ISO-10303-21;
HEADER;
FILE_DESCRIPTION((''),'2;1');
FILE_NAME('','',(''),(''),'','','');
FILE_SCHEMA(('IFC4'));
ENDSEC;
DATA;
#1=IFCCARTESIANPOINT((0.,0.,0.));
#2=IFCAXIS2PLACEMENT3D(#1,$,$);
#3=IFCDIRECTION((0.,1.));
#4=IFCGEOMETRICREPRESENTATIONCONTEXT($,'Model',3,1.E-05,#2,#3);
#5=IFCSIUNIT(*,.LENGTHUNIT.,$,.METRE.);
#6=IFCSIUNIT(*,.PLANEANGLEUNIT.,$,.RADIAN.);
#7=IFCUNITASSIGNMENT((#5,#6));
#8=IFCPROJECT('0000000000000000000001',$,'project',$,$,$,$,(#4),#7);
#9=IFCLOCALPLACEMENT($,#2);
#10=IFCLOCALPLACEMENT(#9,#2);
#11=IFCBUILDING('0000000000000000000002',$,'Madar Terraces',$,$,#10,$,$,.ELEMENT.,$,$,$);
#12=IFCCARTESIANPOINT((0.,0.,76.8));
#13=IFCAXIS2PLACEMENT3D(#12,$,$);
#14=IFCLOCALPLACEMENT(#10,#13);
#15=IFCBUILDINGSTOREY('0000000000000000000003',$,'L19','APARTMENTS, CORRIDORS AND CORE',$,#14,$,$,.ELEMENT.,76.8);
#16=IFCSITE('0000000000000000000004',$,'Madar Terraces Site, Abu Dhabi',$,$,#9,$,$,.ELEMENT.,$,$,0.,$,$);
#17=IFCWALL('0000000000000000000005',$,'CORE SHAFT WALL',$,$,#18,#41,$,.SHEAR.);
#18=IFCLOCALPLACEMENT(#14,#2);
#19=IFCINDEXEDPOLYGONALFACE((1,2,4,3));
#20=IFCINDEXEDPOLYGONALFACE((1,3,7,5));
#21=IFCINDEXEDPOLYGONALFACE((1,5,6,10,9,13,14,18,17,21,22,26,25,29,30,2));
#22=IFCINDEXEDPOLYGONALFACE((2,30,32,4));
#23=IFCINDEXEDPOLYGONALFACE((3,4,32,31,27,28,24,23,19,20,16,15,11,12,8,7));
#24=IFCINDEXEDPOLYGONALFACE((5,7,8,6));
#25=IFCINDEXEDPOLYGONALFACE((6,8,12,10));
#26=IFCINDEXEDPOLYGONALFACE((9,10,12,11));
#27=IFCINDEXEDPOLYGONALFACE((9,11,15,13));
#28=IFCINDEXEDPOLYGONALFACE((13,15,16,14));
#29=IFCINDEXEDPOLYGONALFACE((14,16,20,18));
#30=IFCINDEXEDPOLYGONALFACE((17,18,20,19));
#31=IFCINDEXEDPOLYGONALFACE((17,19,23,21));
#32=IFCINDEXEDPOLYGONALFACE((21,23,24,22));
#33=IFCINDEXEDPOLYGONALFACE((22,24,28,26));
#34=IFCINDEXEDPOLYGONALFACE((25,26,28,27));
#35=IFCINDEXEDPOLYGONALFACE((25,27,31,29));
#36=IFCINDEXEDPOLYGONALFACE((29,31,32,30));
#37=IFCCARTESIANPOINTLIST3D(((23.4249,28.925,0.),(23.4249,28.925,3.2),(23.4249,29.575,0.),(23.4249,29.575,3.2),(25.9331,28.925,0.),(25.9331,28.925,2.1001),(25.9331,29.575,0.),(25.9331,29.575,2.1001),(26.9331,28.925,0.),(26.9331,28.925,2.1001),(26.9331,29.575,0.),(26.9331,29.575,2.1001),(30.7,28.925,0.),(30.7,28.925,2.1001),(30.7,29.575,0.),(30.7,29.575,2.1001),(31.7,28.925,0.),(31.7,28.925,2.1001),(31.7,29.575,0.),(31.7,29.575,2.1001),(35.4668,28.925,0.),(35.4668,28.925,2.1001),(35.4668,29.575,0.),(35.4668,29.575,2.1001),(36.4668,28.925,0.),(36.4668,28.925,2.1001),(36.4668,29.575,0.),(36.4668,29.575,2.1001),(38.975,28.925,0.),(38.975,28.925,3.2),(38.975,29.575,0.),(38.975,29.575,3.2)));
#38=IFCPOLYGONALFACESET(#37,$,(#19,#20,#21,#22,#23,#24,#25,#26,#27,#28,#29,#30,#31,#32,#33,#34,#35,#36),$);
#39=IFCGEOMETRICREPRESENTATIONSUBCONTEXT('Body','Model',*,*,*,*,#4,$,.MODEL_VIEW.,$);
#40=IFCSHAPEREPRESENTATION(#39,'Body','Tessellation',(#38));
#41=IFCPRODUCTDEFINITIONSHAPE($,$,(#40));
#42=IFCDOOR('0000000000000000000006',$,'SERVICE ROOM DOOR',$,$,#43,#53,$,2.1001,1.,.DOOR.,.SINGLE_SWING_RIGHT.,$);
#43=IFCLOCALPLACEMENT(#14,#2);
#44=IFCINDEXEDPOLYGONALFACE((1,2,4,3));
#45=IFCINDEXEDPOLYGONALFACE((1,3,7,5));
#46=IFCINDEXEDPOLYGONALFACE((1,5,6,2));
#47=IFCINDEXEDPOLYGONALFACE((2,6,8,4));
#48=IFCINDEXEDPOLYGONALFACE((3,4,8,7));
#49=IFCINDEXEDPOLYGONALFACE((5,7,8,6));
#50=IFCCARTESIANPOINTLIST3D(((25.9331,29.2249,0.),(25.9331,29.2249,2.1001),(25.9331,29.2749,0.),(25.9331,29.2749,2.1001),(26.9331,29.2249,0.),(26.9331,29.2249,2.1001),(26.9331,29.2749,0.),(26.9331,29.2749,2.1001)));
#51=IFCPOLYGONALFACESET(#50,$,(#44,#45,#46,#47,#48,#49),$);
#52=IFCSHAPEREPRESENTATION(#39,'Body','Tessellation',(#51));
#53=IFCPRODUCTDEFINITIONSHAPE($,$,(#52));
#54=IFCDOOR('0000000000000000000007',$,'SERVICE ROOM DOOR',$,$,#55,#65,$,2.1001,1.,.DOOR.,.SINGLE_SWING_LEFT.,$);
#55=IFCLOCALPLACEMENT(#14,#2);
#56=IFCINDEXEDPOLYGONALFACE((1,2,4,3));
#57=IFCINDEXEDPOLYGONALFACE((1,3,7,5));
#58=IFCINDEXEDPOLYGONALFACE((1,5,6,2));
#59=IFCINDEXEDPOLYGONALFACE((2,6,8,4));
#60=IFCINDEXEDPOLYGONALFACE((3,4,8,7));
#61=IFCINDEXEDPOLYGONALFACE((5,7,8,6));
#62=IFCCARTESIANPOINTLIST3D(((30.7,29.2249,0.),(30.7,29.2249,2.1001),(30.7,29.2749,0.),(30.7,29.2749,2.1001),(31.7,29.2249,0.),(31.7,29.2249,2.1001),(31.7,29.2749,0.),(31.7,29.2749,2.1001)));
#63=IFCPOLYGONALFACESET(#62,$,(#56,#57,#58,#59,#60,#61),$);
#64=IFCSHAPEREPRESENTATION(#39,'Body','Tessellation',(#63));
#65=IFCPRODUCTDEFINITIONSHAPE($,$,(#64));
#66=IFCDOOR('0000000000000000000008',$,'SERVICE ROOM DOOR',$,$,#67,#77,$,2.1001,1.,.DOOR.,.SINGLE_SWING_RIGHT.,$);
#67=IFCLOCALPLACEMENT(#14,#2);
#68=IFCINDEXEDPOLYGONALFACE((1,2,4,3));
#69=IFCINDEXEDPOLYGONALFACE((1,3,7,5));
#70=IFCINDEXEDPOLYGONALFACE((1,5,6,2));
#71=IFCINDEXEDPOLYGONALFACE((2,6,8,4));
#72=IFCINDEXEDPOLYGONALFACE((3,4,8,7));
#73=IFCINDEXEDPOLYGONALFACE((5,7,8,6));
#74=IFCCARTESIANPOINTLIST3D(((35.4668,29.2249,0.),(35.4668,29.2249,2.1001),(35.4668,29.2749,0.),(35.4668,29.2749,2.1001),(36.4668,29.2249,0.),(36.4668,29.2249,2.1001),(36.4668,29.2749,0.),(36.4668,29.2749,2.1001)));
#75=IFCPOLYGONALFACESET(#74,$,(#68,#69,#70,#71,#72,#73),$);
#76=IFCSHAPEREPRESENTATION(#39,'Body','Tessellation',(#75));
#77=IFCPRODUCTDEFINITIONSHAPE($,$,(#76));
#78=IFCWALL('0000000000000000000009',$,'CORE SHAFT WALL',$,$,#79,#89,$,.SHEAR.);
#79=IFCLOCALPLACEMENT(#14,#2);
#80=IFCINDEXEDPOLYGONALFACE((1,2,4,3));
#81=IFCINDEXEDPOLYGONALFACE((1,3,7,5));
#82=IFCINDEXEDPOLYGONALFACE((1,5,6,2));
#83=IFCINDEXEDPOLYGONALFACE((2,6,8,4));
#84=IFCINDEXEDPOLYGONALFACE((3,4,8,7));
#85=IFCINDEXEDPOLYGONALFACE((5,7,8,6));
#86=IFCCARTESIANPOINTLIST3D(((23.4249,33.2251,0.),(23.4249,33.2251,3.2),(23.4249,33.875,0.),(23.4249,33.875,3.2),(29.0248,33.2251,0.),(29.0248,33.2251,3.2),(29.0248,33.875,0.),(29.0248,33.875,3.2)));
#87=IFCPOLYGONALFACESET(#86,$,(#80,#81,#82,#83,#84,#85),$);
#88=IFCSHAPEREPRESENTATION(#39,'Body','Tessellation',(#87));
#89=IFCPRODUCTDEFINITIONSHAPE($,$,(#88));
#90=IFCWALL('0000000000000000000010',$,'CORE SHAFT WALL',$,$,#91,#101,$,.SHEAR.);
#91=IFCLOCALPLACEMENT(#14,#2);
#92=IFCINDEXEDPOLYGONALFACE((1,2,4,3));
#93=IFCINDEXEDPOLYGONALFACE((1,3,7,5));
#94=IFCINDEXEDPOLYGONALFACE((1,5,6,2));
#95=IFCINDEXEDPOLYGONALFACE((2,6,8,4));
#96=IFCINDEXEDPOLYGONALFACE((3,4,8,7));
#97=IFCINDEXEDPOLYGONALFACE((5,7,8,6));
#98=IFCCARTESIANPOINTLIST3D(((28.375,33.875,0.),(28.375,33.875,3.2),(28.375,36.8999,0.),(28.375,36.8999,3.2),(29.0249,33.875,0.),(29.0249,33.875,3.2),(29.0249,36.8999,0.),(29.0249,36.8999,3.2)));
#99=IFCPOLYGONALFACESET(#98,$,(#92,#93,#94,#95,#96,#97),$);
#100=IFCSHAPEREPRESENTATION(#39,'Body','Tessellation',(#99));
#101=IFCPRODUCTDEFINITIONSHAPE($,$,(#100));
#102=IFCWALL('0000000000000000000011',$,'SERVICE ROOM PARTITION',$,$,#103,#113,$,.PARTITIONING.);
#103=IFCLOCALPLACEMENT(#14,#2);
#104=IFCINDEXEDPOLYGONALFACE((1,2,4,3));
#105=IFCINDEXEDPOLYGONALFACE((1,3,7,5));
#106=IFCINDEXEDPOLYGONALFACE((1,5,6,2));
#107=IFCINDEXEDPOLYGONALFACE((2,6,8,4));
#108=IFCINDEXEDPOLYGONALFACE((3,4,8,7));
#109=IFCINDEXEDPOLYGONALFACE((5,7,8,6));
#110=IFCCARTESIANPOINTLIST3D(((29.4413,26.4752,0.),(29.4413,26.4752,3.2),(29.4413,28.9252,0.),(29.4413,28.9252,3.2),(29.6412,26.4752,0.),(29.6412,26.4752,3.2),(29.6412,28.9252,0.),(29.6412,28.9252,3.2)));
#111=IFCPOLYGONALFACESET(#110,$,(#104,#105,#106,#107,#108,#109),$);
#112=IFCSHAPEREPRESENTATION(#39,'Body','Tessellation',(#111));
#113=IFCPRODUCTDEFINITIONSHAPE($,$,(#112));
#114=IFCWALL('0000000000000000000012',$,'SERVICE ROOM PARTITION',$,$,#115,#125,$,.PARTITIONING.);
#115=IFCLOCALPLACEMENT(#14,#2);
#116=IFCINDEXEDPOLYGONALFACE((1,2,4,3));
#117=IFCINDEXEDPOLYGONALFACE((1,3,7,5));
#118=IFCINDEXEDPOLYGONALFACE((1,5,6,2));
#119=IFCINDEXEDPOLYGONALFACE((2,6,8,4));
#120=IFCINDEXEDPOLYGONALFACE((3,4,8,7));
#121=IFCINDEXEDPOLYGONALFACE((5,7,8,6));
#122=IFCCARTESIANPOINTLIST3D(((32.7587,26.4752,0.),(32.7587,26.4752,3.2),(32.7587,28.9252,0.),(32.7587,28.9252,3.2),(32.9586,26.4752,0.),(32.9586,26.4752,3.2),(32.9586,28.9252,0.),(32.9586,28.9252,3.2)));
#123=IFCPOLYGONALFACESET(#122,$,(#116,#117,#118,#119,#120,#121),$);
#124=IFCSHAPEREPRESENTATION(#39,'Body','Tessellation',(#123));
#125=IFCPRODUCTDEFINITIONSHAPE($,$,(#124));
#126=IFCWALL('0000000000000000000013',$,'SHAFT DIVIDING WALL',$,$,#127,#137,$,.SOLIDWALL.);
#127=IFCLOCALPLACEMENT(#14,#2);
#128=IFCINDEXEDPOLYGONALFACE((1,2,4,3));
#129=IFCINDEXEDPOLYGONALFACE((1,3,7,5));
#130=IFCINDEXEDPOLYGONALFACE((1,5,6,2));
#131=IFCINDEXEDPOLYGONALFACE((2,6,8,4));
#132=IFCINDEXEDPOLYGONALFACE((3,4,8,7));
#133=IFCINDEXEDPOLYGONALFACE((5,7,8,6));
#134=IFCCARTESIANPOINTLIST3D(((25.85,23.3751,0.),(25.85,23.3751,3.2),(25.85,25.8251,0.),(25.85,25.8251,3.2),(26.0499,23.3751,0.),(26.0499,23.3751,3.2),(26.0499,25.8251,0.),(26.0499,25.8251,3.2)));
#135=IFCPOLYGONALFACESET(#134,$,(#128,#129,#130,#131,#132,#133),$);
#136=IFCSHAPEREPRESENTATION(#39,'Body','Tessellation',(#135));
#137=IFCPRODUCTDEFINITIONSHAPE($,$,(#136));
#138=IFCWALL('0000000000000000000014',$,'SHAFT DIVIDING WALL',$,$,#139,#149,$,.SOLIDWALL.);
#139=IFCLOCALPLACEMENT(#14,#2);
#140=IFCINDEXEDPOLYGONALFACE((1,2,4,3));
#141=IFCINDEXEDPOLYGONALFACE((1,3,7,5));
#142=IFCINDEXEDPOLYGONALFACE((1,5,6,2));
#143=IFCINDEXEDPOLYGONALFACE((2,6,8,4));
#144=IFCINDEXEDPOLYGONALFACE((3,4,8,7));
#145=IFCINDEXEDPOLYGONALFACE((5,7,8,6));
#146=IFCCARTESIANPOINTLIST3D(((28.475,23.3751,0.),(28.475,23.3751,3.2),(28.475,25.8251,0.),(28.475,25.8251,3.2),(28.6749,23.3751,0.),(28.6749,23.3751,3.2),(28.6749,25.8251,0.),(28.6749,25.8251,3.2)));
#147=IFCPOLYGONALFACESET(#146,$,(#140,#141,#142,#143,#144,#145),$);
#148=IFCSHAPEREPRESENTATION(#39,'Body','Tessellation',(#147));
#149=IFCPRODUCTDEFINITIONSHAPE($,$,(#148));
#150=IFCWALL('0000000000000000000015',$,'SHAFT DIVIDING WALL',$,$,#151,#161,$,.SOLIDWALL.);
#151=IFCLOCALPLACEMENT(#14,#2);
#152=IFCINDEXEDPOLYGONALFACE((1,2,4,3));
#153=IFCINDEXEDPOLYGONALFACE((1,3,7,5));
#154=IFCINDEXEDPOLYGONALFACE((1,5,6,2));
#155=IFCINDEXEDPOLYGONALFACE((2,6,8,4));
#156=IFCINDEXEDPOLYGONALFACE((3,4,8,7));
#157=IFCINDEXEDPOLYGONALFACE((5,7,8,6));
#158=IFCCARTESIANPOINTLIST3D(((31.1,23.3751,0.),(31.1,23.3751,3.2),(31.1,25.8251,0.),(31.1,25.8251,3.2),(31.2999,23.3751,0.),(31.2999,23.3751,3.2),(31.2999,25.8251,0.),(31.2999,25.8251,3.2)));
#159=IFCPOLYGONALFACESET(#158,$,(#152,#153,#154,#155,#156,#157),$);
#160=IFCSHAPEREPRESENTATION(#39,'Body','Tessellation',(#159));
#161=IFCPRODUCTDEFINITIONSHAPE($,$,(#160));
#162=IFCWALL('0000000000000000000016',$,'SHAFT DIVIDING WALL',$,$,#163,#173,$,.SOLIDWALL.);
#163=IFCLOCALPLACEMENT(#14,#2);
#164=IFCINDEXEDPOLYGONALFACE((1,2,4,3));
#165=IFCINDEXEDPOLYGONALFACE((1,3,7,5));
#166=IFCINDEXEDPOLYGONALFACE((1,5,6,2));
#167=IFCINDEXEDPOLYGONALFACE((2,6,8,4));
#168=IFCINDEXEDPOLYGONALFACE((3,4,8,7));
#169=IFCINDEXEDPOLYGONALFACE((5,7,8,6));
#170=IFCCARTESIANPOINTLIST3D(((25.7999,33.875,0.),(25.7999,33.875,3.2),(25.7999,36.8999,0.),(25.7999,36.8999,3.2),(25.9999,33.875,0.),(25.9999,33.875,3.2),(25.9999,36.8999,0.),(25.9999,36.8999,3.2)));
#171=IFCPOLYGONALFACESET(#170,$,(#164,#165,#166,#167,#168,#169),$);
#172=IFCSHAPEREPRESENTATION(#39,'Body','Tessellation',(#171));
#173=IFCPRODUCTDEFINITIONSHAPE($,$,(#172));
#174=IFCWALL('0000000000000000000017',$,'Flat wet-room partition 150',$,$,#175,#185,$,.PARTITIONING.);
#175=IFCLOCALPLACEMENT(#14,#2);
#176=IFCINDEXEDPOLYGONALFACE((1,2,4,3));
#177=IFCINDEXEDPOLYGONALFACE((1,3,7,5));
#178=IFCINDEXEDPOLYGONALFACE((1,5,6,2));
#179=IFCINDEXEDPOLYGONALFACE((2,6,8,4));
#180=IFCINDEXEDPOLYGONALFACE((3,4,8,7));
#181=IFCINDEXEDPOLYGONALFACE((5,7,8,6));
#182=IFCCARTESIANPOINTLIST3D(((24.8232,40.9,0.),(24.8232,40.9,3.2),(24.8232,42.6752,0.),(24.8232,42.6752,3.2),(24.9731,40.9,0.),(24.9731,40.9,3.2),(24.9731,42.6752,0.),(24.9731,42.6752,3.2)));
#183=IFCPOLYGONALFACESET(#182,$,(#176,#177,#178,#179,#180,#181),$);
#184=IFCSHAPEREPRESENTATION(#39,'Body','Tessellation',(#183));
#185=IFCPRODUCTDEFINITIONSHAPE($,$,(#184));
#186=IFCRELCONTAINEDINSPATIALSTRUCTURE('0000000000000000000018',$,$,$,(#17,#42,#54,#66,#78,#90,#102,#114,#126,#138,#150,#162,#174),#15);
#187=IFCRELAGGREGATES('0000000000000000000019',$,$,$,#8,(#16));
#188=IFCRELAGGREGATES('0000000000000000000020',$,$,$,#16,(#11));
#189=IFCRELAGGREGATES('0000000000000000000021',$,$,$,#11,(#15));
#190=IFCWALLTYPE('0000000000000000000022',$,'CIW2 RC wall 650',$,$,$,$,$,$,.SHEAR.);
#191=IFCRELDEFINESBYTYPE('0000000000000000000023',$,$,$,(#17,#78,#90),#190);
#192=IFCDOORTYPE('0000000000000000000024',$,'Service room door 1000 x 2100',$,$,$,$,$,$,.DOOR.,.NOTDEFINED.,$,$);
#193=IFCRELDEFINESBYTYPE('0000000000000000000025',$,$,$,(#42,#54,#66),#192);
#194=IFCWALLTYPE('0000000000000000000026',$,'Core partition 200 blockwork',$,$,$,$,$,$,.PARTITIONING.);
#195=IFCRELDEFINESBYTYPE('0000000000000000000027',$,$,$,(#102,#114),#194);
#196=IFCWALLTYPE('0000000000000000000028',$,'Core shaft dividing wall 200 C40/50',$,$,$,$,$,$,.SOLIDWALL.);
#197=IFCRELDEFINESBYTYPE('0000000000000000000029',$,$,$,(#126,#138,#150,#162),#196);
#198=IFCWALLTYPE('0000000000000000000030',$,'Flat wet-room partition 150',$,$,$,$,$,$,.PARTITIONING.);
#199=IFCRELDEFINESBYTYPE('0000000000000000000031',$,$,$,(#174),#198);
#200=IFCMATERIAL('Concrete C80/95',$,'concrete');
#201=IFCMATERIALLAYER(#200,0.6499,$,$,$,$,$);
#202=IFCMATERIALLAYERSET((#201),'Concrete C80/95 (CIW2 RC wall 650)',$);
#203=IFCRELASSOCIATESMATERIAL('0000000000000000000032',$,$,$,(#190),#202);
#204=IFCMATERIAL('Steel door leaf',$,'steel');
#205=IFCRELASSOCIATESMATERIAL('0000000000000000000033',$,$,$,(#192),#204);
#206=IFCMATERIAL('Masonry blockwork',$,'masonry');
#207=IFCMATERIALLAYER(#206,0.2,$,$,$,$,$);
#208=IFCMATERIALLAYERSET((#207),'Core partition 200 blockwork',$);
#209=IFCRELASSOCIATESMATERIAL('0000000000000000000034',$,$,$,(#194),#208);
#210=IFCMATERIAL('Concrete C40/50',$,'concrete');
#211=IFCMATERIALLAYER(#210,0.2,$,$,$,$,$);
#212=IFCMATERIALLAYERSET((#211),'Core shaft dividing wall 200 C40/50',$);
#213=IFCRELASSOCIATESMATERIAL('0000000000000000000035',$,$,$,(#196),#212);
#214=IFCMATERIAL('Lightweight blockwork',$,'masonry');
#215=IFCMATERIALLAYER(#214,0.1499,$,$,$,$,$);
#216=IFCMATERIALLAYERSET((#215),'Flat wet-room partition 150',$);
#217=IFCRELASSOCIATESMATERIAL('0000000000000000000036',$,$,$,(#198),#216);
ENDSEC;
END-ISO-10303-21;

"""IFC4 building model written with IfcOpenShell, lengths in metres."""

from ifc_helpers import new_model, si_unit, direction, frame, frame_2d, origin, place, context, subcontext, project, spatial, rectangle, extrude, material, layer, layer_set, type_object, element, fill, save


model = new_model("IFC4")

# Units and contexts
model_context = context("Model", 3, precision=1e-05, world=origin(), true_north=direction((0.0, 1.0)))
body_context = subcontext(model_context, "Body", "Model", "MODEL_VIEW")
ifc_project = project(units=[si_unit("LENGTHUNIT", "METRE"), si_unit("PLANEANGLEUNIT", "RADIAN")], contexts=[model_context])

# Site, building, storey
site_placement = place(None, origin())
site = spatial("IfcSite", under=ifc_project, at=site_placement, Name="Madar Terraces Site, Abu Dhabi", CompositionType="ELEMENT", RefElevation=0.0)
building_placement = place(site_placement, origin())
building = spatial("IfcBuilding", under=site, at=building_placement, Name="Madar Terraces", CompositionType="ELEMENT")
storey_placement = place(building_placement, frame((0.0, 0.0, 76.8)))
storey = spatial("IfcBuildingStorey", under=building, at=storey_placement, Name="L19", Description="APARTMENTS, CORRIDORS AND CORE", CompositionType="ELEMENT", Elevation=76.8)

# Wall, openings, doors
ifc_material_1 = material(Name="Concrete C80/95", Category="concrete")
ifc_layer_1 = layer(ifc_material_1, 0.6499)
ifc_layer_set_1 = layer_set([ifc_layer_1], Name="Concrete C80/95 (CIW2 RC wall 650)")
wall_type_1 = type_object("IfcWallType", Name="CIW2 RC wall 650", PredefinedType="SHEAR", material=ifc_layer_set_1)
wall_1_placement = place(storey_placement, frame((23.425, 29.25, 0.0), z_axis=(0.0, 0.0, 1.0), x_axis=(1.0, 0.0, 0.0)))
wall_1 = element("IfcWall", 1, at=wall_1_placement, inside=storey, type_object=wall_type_1, Name="CORE SHAFT WALL", PredefinedType="SHEAR", context=body_context, shape_type="SweptSolid", body=[
    extrude(rectangle(XDim=15.55, YDim=0.6499, at=frame_2d((7.7749, 0.0))), origin(), (0.0, 0.0, 1.0), 3.2),
])
opening_1_placement = place(wall_1_placement, frame((2.5081, 0.0, 0.0)))
opening_1 = element("IfcOpeningElement", 2, at=opening_1_placement, cuts=wall_1, PredefinedType="OPENING", context=body_context, shape_type="SweptSolid", body=[
    extrude(rectangle(XDim=1.0, YDim=2.1001, at=frame_2d((0.5, 1.05))), frame((0.0, 0.335, 0.0), z_axis=(0.0, -1.0, 0.0), x_axis=(1.0, 0.0, 0.0)), (0.0, 0.0, 1.0), 0.6699),
])
opening_2_placement = place(wall_1_placement, frame((7.2749, 0.0, 0.0)))
opening_2 = element("IfcOpeningElement", 3, at=opening_2_placement, cuts=wall_1, PredefinedType="OPENING", context=body_context, shape_type="SweptSolid", body=[
    extrude(rectangle(XDim=1.0, YDim=2.1001, at=frame_2d((0.5, 1.05))), frame((0.0, 0.335, 0.0), z_axis=(0.0, -1.0, 0.0), x_axis=(1.0, 0.0, 0.0)), (0.0, 0.0, 1.0), 0.6699),
])
opening_3_placement = place(wall_1_placement, frame((12.0417, 0.0, 0.0)))
opening_3 = element("IfcOpeningElement", 4, at=opening_3_placement, cuts=wall_1, PredefinedType="OPENING", context=body_context, shape_type="SweptSolid", body=[
    extrude(rectangle(XDim=1.0, YDim=2.1001, at=frame_2d((0.5, 1.05))), frame((0.0, 0.335, 0.0), z_axis=(0.0, -1.0, 0.0), x_axis=(1.0, 0.0, 0.0)), (0.0, 0.0, 1.0), 0.6699),
])
ifc_material_2 = material(Name="Steel door leaf", Category="steel")
door_type = type_object("IfcDoorType", Name="Service room door 1000 x 2100", OperationType="NOTDEFINED", PredefinedType="DOOR", material=ifc_material_2)
door_1_placement = place(opening_1_placement, origin())
door_1 = element("IfcDoor", 5, at=door_1_placement, inside=storey, type_object=door_type, Name="SERVICE ROOM DOOR", OperationType="SINGLE_SWING_RIGHT", OverallHeight=2.1001, OverallWidth=1.0, PredefinedType="DOOR", context=body_context, shape_type="SweptSolid", body=[
    extrude(rectangle(XDim=1.0, YDim=2.1001, at=frame_2d((0.5, 1.05))), frame((0.0, 0.0249, 0.0), z_axis=(0.0, -1.0, 0.0), x_axis=(1.0, 0.0, 0.0)), (0.0, 0.0, 1.0), 0.05),
])
fill(opening_1, door_1)
door_2_placement = place(opening_2_placement, origin())
door_2 = element("IfcDoor", 6, at=door_2_placement, inside=storey, type_object=door_type, Name="SERVICE ROOM DOOR", OperationType="SINGLE_SWING_LEFT", OverallHeight=2.1001, OverallWidth=1.0, PredefinedType="DOOR", context=body_context, shape_type="SweptSolid", body=[
    extrude(rectangle(XDim=1.0, YDim=2.1001, at=frame_2d((0.5, 1.05))), frame((0.0, 0.0249, 0.0), z_axis=(0.0, -1.0, 0.0), x_axis=(1.0, 0.0, 0.0)), (0.0, 0.0, 1.0), 0.05),
])
fill(opening_2, door_2)
door_3_placement = place(opening_3_placement, origin())
door_3 = element("IfcDoor", 7, at=door_3_placement, inside=storey, type_object=door_type, Name="SERVICE ROOM DOOR", OperationType="SINGLE_SWING_RIGHT", OverallHeight=2.1001, OverallWidth=1.0, PredefinedType="DOOR", context=body_context, shape_type="SweptSolid", body=[
    extrude(rectangle(XDim=1.0, YDim=2.1001, at=frame_2d((0.5, 1.05))), frame((0.0, 0.0249, 0.0), z_axis=(0.0, -1.0, 0.0), x_axis=(1.0, 0.0, 0.0)), (0.0, 0.0, 1.0), 0.05),
])
fill(opening_3, door_3)

# Walls
wall_2_placement = place(storey_placement, frame((23.425, 33.55, 0.0), z_axis=(0.0, 0.0, 1.0), x_axis=(1.0, 0.0, 0.0)))
element("IfcWall", 8, at=wall_2_placement, inside=storey, type_object=wall_type_1, Name="CORE SHAFT WALL", PredefinedType="SHEAR", context=body_context, shape_type="SweptSolid", body=[
    extrude(rectangle(XDim=5.5999, YDim=0.6499, at=frame_2d((2.7998, 0.0))), origin(), (0.0, 0.0, 1.0), 3.2),
])
wall_3_placement = place(storey_placement, frame((28.7, 33.875, 0.0), z_axis=(0.0, 0.0, 1.0), x_axis=(0.0, 1.0, 0.0)))
element("IfcWall", 9, at=wall_3_placement, inside=storey, type_object=wall_type_1, Name="CORE SHAFT WALL", PredefinedType="SHEAR", context=body_context, shape_type="SweptSolid", body=[
    extrude(rectangle(XDim=3.0249, YDim=0.6499, at=frame_2d((1.5125, 0.0))), origin(), (0.0, 0.0, 1.0), 3.2),
])
ifc_material_3 = material(Name="Masonry blockwork", Category="masonry")
ifc_layer_2 = layer(ifc_material_3, 0.2)
ifc_layer_set_2 = layer_set([ifc_layer_2], Name="Core partition 200 blockwork")
wall_type_2 = type_object("IfcWallType", Name="Core partition 200 blockwork", PredefinedType="PARTITIONING", material=ifc_layer_set_2)
for number, where, z_axis, x_axis, name in (
    (10, (29.5413, 26.4751, 0.0), (0.0, 0.0, 1.0), (0.0, 1.0, 0.0), "SERVICE ROOM PARTITION"),
    (11, (32.8586, 26.4751, 0.0), (0.0, 0.0, 1.0), (0.0, 1.0, 0.0), "SERVICE ROOM PARTITION"),
):
    element("IfcWall", number, at=place(storey_placement, frame(where, z_axis=z_axis, x_axis=x_axis)), inside=storey, type_object=wall_type_2, Name=name, PredefinedType="PARTITIONING", context=body_context, shape_type="SweptSolid", body=[
        extrude(rectangle(XDim=2.45, YDim=0.2, at=frame_2d((1.2251, 0.0))), origin(), (0.0, 0.0, 1.0), 3.2),
    ])
ifc_material_4 = material(Name="Concrete C40/50", Category="concrete")
ifc_layer_3 = layer(ifc_material_4, 0.2)
ifc_layer_set_3 = layer_set([ifc_layer_3], Name="Core shaft dividing wall 200 C40/50")
wall_type_3 = type_object("IfcWallType", Name="Core shaft dividing wall 200 C40/50", PredefinedType="SOLIDWALL", material=ifc_layer_set_3)
for number, where, z_axis, x_axis, name in (
    (12, (25.95, 23.375, 0.0), (0.0, 0.0, 1.0), (0.0, 1.0, 0.0), "SHAFT DIVIDING WALL"),
    (13, (28.575, 23.375, 0.0), (0.0, 0.0, 1.0), (0.0, 1.0, 0.0), "SHAFT DIVIDING WALL"),
    (14, (31.2, 23.375, 0.0), (0.0, 0.0, 1.0), (0.0, 1.0, 0.0), "SHAFT DIVIDING WALL"),
):
    element("IfcWall", number, at=place(storey_placement, frame(where, z_axis=z_axis, x_axis=x_axis)), inside=storey, type_object=wall_type_3, Name=name, PredefinedType="SOLIDWALL", context=body_context, shape_type="SweptSolid", body=[
        extrude(rectangle(XDim=2.45, YDim=0.2, at=frame_2d((1.2251, 0.0))), origin(), (0.0, 0.0, 1.0), 3.2),
    ])
wall_4_placement = place(storey_placement, frame((25.8999, 33.875, 0.0), z_axis=(0.0, 0.0, 1.0), x_axis=(0.0, 1.0, 0.0)))
element("IfcWall", 15, at=wall_4_placement, inside=storey, type_object=wall_type_3, Name="SHAFT DIVIDING WALL", PredefinedType="SOLIDWALL", context=body_context, shape_type="SweptSolid", body=[
    extrude(rectangle(XDim=3.0249, YDim=0.2, at=frame_2d((1.5125, 0.0))), origin(), (0.0, 0.0, 1.0), 3.2),
])
ifc_material_5 = material(Name="Lightweight blockwork", Category="masonry")
ifc_layer_4 = layer(ifc_material_5, 0.1499)
ifc_layer_set_4 = layer_set([ifc_layer_4], Name="Flat wet-room partition 150")
wall_type_4 = type_object("IfcWallType", Name="Flat wet-room partition 150", PredefinedType="PARTITIONING", material=ifc_layer_set_4)
for number, where, z_axis, x_axis, name in (
    (16, (24.8982, 40.8999, 0.0), (0.0, 0.0, 1.0), (0.0, 1.0, 0.0), "Flat wet-room partition 150"),
):
    element("IfcWall", number, at=place(storey_placement, frame(where, z_axis=z_axis, x_axis=x_axis)), inside=storey, type_object=wall_type_4, Name=name, PredefinedType="PARTITIONING", context=body_context, shape_type="SweptSolid", body=[
        extrude(rectangle(XDim=1.7751, YDim=0.1499, at=frame_2d((0.8877, 0.0))), origin(), (0.0, 0.0, 1.0), 3.2),
    ])

save(model, "model.ifc")
